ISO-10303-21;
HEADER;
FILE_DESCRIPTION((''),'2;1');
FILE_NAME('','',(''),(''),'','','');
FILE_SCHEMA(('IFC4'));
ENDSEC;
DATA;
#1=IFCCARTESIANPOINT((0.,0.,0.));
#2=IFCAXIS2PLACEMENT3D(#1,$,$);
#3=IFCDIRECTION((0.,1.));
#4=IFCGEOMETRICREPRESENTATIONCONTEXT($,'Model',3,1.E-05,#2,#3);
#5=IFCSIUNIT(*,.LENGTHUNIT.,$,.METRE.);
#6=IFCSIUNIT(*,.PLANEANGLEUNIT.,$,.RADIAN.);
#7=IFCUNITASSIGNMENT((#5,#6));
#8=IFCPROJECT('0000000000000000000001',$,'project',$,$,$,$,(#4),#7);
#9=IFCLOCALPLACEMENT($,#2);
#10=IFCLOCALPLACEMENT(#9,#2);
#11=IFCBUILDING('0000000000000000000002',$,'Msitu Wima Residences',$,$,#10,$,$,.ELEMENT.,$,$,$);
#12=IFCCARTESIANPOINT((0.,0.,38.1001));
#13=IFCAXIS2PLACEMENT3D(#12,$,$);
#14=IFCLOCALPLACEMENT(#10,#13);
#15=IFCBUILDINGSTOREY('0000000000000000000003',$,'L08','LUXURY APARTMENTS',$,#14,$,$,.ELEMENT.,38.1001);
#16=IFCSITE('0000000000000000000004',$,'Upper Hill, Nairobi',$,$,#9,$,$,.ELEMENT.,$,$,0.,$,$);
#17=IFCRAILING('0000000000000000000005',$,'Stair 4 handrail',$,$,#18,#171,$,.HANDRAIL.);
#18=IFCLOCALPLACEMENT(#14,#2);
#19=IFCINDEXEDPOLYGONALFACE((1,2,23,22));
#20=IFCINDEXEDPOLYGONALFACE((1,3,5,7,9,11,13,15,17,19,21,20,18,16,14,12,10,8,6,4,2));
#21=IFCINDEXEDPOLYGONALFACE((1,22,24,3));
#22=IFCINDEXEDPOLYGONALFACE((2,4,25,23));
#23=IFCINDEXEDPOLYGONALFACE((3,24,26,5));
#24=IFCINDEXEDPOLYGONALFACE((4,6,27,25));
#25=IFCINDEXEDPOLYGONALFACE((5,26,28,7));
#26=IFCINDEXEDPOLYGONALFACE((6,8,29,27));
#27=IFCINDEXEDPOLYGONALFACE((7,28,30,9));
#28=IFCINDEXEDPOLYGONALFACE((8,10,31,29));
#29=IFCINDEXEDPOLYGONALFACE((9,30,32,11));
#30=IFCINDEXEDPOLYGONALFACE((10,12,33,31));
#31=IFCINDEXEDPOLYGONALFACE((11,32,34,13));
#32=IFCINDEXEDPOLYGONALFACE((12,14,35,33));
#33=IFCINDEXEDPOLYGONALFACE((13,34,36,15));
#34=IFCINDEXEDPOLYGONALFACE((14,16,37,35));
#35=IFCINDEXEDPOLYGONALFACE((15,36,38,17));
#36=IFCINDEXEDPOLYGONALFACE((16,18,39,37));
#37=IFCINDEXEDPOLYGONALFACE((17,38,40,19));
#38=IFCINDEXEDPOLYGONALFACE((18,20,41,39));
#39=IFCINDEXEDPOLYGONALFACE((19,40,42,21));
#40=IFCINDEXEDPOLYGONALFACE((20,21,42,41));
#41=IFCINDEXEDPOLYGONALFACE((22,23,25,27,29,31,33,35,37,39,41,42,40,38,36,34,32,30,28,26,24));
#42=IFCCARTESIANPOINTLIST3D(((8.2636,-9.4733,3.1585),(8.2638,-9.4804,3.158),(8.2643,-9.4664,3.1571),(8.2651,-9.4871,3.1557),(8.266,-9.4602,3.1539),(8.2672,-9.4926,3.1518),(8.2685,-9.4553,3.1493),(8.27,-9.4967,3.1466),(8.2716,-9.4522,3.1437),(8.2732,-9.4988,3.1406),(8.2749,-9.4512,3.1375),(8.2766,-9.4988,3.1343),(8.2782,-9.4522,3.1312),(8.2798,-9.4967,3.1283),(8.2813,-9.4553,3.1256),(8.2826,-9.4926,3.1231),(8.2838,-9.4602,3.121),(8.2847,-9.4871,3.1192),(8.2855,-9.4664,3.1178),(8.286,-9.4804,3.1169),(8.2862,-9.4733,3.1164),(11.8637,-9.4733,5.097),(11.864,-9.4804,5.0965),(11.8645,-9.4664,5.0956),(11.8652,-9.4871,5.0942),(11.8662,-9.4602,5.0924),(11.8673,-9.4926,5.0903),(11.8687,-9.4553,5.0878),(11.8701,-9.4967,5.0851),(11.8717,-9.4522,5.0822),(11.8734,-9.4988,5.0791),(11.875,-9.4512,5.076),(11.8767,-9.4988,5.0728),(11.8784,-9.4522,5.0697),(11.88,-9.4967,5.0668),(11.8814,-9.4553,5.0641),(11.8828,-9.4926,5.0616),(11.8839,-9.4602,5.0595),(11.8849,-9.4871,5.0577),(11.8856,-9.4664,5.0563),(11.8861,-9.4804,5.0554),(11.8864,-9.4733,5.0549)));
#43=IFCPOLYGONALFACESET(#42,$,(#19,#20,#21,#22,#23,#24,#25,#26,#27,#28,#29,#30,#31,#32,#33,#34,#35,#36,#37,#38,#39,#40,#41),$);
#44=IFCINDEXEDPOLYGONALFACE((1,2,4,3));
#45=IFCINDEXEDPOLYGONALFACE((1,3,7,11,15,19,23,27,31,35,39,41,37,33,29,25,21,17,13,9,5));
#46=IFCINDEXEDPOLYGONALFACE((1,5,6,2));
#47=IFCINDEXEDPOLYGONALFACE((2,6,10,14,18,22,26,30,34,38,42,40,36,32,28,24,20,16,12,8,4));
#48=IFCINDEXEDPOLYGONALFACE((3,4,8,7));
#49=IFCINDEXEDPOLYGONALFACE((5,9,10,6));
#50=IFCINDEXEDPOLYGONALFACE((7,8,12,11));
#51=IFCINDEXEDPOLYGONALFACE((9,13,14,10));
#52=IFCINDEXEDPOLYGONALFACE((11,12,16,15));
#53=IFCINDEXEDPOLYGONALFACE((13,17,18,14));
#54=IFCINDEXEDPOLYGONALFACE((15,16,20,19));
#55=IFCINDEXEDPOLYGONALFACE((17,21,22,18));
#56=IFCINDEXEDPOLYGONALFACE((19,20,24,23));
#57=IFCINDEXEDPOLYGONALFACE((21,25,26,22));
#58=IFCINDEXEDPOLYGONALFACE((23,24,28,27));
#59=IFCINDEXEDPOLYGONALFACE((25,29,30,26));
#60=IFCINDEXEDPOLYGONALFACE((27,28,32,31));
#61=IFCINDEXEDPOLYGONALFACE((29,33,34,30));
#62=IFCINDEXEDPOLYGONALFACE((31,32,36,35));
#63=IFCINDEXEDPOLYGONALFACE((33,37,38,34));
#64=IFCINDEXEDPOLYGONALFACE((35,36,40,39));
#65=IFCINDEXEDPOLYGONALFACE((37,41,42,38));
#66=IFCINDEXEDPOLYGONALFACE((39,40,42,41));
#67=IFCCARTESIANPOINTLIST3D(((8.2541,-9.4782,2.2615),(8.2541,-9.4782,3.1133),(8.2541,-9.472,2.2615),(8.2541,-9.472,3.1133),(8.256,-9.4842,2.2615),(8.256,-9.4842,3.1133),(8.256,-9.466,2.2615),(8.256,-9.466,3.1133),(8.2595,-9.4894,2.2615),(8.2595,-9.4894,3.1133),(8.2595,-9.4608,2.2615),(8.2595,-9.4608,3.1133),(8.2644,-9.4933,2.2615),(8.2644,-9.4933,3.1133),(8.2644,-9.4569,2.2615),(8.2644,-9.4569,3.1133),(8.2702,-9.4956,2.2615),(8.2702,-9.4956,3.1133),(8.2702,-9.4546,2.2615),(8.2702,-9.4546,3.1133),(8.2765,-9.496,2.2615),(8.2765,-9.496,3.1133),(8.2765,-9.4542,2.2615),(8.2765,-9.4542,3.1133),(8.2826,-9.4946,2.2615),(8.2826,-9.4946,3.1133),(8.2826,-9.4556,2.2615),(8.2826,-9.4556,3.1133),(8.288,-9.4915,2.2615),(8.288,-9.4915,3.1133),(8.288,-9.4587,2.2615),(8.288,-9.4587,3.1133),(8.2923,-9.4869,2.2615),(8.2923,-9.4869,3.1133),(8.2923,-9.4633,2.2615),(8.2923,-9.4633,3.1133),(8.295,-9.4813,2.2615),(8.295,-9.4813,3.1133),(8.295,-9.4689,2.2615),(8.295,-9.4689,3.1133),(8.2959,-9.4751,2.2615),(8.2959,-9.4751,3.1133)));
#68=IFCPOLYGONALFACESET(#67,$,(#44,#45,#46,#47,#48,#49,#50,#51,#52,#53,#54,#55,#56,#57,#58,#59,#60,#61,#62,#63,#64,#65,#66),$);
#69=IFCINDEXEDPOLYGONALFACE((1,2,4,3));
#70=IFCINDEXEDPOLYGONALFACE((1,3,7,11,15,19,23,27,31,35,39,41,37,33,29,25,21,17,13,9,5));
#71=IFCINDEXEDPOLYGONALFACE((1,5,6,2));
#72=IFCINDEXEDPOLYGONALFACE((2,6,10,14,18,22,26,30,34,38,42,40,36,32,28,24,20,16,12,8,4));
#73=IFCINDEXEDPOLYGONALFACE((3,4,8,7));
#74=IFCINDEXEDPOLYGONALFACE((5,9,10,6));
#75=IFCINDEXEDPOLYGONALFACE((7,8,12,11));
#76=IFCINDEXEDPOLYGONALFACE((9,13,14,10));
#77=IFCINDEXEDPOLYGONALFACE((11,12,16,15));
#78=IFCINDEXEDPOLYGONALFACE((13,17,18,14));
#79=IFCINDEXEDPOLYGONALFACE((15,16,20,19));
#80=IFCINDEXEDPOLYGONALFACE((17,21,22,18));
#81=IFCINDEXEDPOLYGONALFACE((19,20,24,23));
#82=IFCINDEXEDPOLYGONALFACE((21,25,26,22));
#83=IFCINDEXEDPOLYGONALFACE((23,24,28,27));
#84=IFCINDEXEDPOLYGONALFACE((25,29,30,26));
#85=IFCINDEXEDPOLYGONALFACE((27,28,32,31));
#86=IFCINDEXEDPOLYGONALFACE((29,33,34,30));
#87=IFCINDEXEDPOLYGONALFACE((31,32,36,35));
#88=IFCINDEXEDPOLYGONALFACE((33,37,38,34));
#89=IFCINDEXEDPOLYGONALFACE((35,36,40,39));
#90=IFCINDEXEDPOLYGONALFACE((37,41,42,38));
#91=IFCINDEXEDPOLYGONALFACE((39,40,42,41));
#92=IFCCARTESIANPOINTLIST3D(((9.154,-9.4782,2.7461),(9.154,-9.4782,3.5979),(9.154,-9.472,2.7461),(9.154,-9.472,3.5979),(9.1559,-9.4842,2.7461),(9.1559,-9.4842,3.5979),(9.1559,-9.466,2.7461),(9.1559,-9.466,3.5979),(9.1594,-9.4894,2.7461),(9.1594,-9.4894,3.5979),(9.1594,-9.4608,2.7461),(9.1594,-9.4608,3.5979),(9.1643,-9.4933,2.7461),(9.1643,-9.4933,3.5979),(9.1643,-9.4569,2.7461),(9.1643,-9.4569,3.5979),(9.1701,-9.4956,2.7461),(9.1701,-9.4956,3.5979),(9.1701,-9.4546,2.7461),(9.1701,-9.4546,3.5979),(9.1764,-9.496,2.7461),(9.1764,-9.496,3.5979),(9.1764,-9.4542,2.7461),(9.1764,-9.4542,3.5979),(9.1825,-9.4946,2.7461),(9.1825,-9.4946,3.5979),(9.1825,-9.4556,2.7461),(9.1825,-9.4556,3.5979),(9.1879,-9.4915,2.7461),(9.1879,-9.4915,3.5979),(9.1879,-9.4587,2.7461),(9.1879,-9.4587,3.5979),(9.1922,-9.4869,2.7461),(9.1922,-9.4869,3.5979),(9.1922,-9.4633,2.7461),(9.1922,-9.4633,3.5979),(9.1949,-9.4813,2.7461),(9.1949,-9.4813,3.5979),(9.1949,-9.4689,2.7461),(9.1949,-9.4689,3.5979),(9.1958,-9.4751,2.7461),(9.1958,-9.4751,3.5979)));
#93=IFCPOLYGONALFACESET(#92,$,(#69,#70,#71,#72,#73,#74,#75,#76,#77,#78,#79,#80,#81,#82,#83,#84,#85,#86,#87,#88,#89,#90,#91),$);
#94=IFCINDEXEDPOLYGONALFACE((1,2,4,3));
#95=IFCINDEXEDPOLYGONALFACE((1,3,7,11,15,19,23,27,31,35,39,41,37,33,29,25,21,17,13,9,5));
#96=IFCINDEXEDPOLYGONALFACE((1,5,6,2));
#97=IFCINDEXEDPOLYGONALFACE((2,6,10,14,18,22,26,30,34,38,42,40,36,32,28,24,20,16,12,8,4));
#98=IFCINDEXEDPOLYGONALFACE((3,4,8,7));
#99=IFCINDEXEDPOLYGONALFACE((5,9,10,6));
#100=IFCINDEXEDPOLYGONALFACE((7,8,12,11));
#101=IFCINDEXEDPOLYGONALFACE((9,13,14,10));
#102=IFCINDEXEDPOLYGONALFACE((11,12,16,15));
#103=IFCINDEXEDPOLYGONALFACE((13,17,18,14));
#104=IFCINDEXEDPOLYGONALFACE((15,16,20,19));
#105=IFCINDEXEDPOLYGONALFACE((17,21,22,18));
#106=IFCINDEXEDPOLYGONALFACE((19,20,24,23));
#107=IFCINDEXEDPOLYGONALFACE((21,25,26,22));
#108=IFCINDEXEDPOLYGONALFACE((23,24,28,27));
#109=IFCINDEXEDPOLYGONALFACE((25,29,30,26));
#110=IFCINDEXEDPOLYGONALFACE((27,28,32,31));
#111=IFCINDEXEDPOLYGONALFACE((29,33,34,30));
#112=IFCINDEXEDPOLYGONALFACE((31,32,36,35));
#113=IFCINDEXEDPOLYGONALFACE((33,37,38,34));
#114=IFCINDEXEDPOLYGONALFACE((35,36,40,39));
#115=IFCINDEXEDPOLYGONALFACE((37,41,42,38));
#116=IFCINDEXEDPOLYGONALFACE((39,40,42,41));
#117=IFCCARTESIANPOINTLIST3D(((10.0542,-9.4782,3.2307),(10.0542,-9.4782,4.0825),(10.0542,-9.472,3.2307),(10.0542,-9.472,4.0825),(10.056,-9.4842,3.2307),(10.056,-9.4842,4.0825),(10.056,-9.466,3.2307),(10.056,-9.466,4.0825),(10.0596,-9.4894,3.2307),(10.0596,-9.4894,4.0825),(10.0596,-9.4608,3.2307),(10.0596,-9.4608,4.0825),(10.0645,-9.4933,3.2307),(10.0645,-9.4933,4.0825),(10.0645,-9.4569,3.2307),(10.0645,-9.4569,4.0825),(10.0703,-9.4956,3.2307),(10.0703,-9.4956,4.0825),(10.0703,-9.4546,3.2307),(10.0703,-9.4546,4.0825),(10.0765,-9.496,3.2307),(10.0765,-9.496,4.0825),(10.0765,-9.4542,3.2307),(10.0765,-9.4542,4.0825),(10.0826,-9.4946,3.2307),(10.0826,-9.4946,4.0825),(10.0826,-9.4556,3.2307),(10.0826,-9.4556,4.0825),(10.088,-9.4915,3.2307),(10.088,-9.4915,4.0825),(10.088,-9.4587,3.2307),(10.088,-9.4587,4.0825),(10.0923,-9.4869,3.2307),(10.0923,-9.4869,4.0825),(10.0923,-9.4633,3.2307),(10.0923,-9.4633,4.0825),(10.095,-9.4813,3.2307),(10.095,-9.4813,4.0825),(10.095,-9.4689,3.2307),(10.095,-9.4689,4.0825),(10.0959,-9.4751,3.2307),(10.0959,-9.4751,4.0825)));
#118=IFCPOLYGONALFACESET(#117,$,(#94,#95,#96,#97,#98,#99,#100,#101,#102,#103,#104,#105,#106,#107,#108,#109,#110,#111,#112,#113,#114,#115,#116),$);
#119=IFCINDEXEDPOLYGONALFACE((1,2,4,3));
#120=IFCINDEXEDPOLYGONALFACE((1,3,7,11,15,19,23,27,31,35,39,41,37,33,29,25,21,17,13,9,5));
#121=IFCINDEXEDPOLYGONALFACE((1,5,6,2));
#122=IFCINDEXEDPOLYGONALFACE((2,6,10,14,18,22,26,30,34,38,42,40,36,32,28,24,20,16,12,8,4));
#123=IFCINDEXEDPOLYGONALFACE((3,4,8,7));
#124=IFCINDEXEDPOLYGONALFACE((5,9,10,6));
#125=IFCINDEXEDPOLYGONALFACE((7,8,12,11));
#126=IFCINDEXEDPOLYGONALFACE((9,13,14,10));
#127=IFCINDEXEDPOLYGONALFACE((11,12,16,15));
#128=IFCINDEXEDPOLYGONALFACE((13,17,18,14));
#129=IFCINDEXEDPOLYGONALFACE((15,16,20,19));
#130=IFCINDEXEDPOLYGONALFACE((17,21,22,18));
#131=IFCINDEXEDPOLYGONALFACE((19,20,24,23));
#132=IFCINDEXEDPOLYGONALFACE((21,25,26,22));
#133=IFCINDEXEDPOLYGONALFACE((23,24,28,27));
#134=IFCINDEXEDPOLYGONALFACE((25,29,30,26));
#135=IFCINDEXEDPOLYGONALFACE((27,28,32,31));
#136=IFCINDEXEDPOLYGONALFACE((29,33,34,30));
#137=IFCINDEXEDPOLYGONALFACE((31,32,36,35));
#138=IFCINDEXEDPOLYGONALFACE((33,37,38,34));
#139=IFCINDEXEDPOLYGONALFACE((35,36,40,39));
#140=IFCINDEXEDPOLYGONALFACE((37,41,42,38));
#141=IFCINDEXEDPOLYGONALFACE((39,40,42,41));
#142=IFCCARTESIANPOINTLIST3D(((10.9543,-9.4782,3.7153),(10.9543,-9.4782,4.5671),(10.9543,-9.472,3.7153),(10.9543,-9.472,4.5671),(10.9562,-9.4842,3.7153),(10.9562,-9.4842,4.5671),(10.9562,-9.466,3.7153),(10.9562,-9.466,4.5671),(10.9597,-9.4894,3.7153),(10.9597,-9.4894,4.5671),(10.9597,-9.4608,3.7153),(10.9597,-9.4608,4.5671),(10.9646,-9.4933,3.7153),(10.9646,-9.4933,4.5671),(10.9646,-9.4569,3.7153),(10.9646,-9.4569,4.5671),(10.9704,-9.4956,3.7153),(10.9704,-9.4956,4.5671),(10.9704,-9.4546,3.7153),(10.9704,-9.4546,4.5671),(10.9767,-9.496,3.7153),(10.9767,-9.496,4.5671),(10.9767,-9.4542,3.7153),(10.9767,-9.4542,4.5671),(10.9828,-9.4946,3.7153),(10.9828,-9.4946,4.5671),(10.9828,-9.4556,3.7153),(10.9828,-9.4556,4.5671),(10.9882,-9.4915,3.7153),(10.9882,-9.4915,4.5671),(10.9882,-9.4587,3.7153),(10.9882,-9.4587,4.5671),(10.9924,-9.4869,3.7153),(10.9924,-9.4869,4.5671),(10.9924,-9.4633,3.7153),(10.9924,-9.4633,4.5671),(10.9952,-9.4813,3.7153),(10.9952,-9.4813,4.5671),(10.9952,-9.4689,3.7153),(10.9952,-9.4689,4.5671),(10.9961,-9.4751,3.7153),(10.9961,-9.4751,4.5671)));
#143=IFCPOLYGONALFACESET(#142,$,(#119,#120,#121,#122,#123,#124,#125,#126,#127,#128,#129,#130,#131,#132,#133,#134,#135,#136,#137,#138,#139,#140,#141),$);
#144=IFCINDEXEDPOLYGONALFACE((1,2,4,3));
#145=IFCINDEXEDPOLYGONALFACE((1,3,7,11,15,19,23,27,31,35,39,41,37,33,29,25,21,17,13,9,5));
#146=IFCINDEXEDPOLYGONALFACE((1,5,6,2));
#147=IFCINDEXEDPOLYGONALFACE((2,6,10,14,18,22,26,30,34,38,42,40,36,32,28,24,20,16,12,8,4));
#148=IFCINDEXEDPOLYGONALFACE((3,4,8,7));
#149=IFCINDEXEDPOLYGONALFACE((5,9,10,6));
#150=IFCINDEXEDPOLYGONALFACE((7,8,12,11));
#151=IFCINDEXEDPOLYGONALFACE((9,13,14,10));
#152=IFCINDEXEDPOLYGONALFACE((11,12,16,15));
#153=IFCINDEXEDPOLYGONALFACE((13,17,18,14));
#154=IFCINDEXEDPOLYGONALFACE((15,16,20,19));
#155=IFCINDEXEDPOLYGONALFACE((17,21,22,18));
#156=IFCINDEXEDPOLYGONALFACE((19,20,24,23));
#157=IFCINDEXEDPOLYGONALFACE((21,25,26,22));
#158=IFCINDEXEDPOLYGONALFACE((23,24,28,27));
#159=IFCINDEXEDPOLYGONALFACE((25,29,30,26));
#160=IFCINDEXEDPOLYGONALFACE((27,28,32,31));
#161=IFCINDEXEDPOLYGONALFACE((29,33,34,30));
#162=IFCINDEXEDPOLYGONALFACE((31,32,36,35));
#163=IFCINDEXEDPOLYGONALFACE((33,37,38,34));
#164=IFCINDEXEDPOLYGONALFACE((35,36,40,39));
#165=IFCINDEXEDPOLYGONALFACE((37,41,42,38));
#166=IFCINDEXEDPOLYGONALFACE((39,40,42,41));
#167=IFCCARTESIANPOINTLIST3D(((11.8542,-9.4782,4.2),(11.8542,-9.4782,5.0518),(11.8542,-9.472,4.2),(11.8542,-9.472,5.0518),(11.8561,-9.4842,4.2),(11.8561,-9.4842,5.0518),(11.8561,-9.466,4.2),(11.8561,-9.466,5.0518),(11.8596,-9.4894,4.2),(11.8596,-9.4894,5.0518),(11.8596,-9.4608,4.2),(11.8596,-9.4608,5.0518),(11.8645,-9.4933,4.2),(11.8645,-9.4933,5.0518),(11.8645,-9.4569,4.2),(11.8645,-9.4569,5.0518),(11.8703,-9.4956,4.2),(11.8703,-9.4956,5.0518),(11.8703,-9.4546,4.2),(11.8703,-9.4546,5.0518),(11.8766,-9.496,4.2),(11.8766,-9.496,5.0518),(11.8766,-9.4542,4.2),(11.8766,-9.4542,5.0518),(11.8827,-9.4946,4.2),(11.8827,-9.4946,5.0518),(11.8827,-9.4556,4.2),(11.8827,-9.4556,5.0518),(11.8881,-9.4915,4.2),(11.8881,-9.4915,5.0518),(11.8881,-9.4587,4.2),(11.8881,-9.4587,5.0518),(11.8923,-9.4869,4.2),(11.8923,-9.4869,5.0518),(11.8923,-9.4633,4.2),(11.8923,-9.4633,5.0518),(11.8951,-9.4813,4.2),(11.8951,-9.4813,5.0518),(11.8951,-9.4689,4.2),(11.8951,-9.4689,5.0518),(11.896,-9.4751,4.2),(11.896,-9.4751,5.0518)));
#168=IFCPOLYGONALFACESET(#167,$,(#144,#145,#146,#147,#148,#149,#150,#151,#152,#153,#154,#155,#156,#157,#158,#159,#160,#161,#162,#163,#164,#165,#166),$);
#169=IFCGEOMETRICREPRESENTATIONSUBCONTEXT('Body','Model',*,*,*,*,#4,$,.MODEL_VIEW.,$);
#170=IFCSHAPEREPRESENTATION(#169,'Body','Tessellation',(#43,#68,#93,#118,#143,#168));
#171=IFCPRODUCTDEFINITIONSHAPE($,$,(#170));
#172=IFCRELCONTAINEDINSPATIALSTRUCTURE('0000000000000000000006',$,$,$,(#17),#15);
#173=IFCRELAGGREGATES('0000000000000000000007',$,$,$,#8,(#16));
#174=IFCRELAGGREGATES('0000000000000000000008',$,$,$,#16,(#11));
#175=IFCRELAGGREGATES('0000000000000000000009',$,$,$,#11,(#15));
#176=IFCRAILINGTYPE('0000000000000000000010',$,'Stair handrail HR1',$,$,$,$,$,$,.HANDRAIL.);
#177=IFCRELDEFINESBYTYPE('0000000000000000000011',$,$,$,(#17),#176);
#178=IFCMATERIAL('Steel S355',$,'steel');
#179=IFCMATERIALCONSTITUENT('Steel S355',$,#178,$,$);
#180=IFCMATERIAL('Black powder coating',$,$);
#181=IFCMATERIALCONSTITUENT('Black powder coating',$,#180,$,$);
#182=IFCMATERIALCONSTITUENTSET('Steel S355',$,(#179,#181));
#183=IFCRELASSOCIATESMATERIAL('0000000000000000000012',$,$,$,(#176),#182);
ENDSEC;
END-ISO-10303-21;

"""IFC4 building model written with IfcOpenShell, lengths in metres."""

from ifc_helpers import new_model, si_unit, direction, frame, origin, origin_2d, place, context, subcontext, project, spatial, circle, extrude, material, constituent, constituent_set, type_object, element, save


model = new_model("IFC4")

# Units and contexts
model_context = context("Model", 3, precision=1e-05, world=origin(), true_north=direction((0.0, 1.0)))
body_context = subcontext(model_context, "Body", "Model", "MODEL_VIEW")
ifc_project = project(units=[si_unit("LENGTHUNIT", "METRE"), si_unit("PLANEANGLEUNIT", "RADIAN")], contexts=[model_context])

# Site, building, storey
site_placement = place(None, origin())
site = spatial("IfcSite", under=ifc_project, at=site_placement, Name="Upper Hill, Nairobi", CompositionType="ELEMENT", RefElevation=0.0)
building_placement = place(site_placement, origin())
building = spatial("IfcBuilding", under=site, at=building_placement, Name="Msitu Wima Residences", CompositionType="ELEMENT")
storey_placement = place(building_placement, frame((0.0, 0.0, 38.1001)))
storey = spatial("IfcBuildingStorey", under=building, at=storey_placement, Name="L08", Description="LUXURY APARTMENTS", CompositionType="ELEMENT", Elevation=38.1001)

# Railing
ifc_material_1 = material(Name="Steel S355", Category="steel")
ifc_constituent_1 = constituent(ifc_material_1, Name="Steel S355")
ifc_material_2 = material(Name="Black powder coating")
ifc_constituent_2 = constituent(ifc_material_2, Name="Black powder coating")
ifc_constituent_set = constituent_set(constituents=[ifc_constituent_1, ifc_constituent_2], Name="Steel S355")
railing_type = type_object("IfcRailingType", Name="Stair handrail HR1", PredefinedType="HANDRAIL", material=ifc_constituent_set)
for number, where, name in (
    (1, (8.2749, -9.4751, 2.2615), "Stair 4 handrail"),
):
    element("IfcRailing", number, at=place(storey_placement, frame(where)), inside=storey, type_object=railing_type, Name=name, PredefinedType="HANDRAIL", context=body_context, shape_type="SweptSolid", body=[
        extrude(circle(Radius=0.0239, at=origin_2d()), frame((0.0, 0.0, 0.876), z_axis=(0.880475, 0.0, 0.474093), x_axis=(0.0, 1.0, 0.0)), (0.0, 0.0, 1.0), 4.0889),
        extrude(circle(Radius=0.021, at=origin_2d()), origin(), (0.0, 0.0, 1.0), 0.8518),
        extrude(circle(Radius=0.021, at=origin_2d()), frame((0.8999, 0.0, 0.4846)), (0.0, 0.0, 1.0), 0.8518),
        extrude(circle(Radius=0.021, at=origin_2d()), frame((1.8, 0.0, 0.9692)), (0.0, 0.0, 1.0), 0.8518),
        extrude(circle(Radius=0.021, at=origin_2d()), frame((2.7002, 0.0, 1.4539)), (0.0, 0.0, 1.0), 0.8518),
        extrude(circle(Radius=0.021, at=origin_2d()), frame((3.6001, 0.0, 1.9385)), (0.0, 0.0, 1.0), 0.8518),
    ])

save(model, "model.ifc")
